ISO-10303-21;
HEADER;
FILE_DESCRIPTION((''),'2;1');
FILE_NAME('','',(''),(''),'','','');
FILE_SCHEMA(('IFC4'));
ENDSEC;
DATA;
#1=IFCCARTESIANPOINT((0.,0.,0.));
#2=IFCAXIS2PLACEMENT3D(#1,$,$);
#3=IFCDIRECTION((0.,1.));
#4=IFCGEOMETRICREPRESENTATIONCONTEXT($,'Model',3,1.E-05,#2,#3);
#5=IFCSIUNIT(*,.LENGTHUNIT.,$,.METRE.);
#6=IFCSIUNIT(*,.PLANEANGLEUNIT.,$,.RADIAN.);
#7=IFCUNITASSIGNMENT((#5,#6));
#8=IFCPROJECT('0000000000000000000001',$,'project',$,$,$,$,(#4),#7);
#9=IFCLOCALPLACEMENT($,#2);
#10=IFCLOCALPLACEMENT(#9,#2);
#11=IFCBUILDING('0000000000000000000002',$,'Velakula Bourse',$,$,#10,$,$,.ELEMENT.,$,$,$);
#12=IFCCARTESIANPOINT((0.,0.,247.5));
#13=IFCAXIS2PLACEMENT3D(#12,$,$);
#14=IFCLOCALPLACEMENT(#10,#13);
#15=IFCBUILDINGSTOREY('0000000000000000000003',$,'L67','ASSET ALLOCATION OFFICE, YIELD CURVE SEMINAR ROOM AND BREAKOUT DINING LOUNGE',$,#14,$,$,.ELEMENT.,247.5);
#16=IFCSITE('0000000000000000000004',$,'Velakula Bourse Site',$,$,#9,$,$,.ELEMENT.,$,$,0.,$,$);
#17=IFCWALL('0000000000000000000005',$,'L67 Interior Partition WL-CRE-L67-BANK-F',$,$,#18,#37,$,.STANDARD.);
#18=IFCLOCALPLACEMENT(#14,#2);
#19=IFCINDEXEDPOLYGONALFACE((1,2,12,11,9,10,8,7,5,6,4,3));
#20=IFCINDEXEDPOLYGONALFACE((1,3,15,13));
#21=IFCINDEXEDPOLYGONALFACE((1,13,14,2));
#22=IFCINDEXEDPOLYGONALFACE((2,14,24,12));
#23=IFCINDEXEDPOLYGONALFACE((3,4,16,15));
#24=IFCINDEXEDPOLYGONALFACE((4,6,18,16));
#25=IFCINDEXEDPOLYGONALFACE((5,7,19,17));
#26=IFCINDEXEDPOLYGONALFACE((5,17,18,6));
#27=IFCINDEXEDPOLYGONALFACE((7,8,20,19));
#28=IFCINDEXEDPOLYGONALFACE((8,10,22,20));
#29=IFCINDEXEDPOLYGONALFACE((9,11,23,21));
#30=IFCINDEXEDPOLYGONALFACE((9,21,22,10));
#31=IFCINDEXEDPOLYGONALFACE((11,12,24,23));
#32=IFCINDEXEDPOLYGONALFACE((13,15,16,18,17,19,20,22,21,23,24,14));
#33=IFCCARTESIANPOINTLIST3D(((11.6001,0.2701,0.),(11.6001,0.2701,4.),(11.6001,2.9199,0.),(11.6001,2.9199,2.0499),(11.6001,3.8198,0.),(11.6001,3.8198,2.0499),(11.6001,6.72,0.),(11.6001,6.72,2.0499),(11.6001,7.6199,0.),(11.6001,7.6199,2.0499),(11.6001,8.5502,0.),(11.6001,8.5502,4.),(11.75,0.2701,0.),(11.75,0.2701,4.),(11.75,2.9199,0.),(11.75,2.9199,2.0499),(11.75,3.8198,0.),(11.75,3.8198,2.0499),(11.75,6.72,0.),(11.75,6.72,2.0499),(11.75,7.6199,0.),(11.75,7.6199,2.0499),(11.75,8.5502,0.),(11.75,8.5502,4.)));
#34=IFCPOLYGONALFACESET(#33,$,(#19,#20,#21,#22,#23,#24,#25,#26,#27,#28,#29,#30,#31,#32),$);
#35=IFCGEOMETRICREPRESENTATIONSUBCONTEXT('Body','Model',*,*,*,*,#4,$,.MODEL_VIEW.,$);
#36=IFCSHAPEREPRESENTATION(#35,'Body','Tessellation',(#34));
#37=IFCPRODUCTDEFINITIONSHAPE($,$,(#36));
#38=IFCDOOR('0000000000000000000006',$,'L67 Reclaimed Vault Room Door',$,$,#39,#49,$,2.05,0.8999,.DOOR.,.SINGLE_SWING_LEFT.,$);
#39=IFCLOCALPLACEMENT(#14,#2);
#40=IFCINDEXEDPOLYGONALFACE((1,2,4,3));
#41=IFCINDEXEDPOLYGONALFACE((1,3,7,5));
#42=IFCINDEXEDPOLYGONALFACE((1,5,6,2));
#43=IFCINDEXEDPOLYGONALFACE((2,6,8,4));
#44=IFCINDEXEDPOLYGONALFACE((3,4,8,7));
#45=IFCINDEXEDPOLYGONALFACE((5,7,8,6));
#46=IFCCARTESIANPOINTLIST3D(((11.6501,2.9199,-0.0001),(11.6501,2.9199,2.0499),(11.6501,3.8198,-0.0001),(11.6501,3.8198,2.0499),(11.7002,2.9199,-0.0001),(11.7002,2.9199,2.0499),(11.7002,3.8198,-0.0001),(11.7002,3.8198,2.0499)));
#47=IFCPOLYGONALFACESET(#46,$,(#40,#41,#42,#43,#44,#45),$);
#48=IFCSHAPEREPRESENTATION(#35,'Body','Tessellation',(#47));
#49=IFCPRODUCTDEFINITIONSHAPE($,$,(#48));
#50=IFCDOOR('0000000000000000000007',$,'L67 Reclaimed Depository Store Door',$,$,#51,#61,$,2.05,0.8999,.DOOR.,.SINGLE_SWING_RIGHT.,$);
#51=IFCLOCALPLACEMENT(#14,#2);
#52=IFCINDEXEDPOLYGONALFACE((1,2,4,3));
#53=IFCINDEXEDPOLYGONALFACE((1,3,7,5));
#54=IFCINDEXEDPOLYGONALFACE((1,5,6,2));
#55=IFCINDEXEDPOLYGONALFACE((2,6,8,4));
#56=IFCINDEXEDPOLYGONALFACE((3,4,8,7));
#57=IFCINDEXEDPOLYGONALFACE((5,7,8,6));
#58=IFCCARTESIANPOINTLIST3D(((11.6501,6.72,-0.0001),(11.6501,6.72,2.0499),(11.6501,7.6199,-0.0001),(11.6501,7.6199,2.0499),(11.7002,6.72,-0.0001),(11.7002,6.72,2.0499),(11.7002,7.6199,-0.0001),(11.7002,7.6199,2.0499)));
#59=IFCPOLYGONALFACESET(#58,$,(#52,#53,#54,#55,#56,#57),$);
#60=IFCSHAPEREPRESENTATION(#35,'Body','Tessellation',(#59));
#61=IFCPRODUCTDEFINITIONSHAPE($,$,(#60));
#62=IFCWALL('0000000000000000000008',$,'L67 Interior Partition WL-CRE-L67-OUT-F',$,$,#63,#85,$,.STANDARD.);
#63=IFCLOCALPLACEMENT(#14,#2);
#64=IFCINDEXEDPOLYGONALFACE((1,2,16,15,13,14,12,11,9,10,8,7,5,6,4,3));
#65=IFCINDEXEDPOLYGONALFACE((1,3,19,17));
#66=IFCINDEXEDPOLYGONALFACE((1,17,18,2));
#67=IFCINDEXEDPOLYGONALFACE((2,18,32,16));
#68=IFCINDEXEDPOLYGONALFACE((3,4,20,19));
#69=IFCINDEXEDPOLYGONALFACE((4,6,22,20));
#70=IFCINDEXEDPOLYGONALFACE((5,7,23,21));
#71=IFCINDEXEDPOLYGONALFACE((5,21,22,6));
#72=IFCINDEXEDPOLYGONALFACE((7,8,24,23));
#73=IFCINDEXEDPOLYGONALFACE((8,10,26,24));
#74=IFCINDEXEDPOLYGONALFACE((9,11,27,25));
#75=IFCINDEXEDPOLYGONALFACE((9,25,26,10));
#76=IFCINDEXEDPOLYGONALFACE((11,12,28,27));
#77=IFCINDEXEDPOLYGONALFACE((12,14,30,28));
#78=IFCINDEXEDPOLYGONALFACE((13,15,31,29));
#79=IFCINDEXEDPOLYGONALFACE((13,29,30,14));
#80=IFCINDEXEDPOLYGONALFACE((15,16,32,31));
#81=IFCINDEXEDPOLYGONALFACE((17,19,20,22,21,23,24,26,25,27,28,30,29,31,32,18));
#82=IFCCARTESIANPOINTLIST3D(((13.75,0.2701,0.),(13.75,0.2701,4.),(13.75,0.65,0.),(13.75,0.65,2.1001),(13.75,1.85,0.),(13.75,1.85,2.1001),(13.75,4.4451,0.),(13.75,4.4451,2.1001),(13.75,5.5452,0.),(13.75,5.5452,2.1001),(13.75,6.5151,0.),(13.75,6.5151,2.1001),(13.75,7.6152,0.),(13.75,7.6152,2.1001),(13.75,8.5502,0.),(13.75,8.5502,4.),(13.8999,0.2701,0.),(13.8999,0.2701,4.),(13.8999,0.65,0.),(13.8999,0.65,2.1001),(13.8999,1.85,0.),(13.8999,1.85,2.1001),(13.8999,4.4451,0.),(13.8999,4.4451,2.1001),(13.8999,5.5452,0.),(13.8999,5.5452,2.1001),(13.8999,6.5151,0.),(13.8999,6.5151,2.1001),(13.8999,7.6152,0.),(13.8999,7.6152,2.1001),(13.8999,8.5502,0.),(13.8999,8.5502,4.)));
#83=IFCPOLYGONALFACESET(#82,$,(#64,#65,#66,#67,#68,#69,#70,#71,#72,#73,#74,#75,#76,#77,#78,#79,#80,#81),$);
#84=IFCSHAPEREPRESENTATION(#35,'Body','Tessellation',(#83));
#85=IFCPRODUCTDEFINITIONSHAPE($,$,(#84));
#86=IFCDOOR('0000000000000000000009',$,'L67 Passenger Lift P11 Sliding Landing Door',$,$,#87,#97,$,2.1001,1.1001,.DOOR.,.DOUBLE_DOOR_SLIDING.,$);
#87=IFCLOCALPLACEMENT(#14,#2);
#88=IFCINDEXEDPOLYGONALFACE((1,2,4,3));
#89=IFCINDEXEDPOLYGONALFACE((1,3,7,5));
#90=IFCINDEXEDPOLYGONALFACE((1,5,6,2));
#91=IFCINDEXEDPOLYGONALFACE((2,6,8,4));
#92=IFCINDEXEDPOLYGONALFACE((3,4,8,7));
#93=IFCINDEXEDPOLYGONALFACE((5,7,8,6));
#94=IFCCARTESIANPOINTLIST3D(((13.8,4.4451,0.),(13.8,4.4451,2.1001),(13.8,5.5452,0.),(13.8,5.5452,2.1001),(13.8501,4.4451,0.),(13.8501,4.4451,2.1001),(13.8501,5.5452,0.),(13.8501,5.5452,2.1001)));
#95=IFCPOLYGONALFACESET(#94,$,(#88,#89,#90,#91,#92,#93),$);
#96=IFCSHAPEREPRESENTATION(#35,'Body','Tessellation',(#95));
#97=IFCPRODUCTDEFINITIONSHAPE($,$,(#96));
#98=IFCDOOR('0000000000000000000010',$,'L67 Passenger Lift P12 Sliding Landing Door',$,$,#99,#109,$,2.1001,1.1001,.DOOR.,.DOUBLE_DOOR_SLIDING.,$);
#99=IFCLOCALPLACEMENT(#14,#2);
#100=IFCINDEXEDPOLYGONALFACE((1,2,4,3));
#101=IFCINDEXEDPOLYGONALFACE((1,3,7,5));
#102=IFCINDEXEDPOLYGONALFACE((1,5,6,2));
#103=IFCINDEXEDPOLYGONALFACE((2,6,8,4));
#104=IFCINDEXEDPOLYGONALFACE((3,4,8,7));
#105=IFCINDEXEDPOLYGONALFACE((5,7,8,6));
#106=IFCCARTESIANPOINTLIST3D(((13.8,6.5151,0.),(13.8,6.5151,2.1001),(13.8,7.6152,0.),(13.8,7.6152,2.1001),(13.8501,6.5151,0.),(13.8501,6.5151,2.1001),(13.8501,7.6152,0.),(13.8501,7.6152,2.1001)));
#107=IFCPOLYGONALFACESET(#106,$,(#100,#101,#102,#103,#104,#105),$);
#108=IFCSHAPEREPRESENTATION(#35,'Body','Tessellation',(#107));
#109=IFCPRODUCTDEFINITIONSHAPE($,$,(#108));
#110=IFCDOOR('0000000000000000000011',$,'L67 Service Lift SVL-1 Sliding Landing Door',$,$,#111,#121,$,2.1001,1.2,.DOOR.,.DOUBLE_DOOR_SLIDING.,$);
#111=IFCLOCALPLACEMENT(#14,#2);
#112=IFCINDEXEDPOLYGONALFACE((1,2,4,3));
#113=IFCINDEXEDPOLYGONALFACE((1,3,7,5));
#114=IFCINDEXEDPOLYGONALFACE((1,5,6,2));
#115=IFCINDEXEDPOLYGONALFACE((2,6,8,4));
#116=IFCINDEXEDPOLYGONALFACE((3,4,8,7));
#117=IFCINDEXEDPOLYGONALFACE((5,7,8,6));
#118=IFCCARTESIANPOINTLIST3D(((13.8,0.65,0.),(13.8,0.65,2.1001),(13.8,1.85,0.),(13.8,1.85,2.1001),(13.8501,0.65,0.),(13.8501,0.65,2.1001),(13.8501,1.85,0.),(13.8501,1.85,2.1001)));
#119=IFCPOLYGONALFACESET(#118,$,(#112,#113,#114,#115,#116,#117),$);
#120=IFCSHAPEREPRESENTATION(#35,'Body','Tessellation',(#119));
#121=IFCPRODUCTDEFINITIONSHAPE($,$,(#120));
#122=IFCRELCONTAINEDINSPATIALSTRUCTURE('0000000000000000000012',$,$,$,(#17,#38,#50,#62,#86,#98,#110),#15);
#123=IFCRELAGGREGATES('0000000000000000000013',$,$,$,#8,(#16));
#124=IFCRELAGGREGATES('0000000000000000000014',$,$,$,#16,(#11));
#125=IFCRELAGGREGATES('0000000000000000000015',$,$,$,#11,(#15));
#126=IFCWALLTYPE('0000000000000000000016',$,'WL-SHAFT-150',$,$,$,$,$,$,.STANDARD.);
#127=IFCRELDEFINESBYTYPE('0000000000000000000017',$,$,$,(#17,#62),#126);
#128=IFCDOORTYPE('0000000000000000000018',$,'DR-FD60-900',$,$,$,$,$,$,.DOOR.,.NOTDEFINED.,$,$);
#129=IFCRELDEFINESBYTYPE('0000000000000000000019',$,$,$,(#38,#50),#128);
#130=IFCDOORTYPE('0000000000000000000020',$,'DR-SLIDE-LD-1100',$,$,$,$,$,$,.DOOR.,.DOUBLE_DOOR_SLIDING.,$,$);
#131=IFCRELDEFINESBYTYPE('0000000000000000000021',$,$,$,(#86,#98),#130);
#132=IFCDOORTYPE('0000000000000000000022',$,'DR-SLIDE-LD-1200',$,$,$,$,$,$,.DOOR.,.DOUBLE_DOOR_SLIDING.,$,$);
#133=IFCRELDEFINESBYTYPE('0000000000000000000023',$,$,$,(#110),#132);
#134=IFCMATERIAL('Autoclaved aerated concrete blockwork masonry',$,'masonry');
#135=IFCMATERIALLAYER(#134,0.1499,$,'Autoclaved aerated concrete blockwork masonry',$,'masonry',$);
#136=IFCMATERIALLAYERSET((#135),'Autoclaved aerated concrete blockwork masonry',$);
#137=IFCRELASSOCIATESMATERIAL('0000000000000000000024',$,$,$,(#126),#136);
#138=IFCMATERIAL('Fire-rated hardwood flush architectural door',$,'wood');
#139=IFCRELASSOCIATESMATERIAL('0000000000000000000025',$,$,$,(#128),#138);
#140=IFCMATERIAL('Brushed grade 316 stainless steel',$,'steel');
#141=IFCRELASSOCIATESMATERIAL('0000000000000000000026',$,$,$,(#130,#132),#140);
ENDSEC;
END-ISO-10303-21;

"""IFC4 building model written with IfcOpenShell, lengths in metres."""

from ifc_helpers import new_model, si_unit, direction, frame, frame_2d, origin, place, context, subcontext, project, spatial, rectangle, extrude, material, layer, layer_set, type_object, element, fill, save


model = new_model("IFC4")

# Units and contexts
model_context = context("Model", 3, precision=1e-05, world=origin(), true_north=direction((0.0, 1.0)))
body_context = subcontext(model_context, "Body", "Model", "MODEL_VIEW")
ifc_project = project(units=[si_unit("LENGTHUNIT", "METRE"), si_unit("PLANEANGLEUNIT", "RADIAN")], contexts=[model_context])

# Site, building, storey
site_placement = place(None, origin())
site = spatial("IfcSite", under=ifc_project, at=site_placement, Name="Velakula Bourse Site", CompositionType="ELEMENT", RefElevation=0.0)
building_placement = place(site_placement, origin())
building = spatial("IfcBuilding", under=site, at=building_placement, Name="Velakula Bourse", CompositionType="ELEMENT")
storey_placement = place(building_placement, frame((0.0, 0.0, 247.5)))
storey = spatial("IfcBuildingStorey", under=building, at=storey_placement, Name="L67", Description="ASSET ALLOCATION OFFICE, YIELD CURVE SEMINAR ROOM AND BREAKOUT DINING LOUNGE", CompositionType="ELEMENT", Elevation=247.5)

# Shared definitions
ifc_material_1 = material(Name="Autoclaved aerated concrete blockwork masonry", Category="masonry")
ifc_layer_1 = layer(ifc_material_1, 0.1499, Name="Autoclaved aerated concrete blockwork masonry", Category="masonry")
ifc_layer_set_1 = layer_set([ifc_layer_1], Name="Autoclaved aerated concrete blockwork masonry")
wall_type_1 = type_object("IfcWallType", Name="WL-SHAFT-150", PredefinedType="STANDARD", material=ifc_layer_set_1)
ifc_material_2 = material(Name="Brushed grade 316 stainless steel", Category="steel")

# Walls, openings, doors
wall_1_placement = place(storey_placement, frame((11.675, 0.27, 0.0), z_axis=(0.0, 0.0, 1.0), x_axis=(0.0, 1.0, 0.0)))
wall_1 = element("IfcWall", 1, at=wall_1_placement, inside=storey, type_object=wall_type_1, Name="L67 Interior Partition WL-CRE-L67-BANK-F", PredefinedType="STANDARD", context=body_context, shape_type="SweptSolid", body=[
    extrude(rectangle(XDim=8.28, YDim=0.1499, at=frame_2d((4.1401, 0.0))), origin(), (0.0, 0.0, 1.0), 4.0),
])
opening_1_placement = place(wall_1_placement, frame((2.6499, 0.0, 0.0)))
opening_1 = element("IfcOpeningElement", 2, at=opening_1_placement, cuts=wall_1, PredefinedType="OPENING", context=body_context, shape_type="SweptSolid", body=[
    extrude(rectangle(XDim=0.8999, YDim=2.05, at=frame_2d((0.45, 1.0249))), frame((0.0, 0.085, 0.0), z_axis=(0.0, -1.0, 0.0), x_axis=(1.0, 0.0, 0.0)), (0.0, 0.0, 1.0), 0.1699),
])
opening_2_placement = place(wall_1_placement, frame((6.45, 0.0, 0.0)))
opening_2 = element("IfcOpeningElement", 3, at=opening_2_placement, cuts=wall_1, PredefinedType="OPENING", context=body_context, shape_type="SweptSolid", body=[
    extrude(rectangle(XDim=0.8999, YDim=2.05, at=frame_2d((0.45, 1.0249))), frame((0.0, 0.085, 0.0), z_axis=(0.0, -1.0, 0.0), x_axis=(1.0, 0.0, 0.0)), (0.0, 0.0, 1.0), 0.1699),
])
ifc_material_3 = material(Name="Fire-rated hardwood flush architectural door", Category="wood")
door_type_1 = type_object("IfcDoorType", Name="DR-FD60-900", OperationType="NOTDEFINED", PredefinedType="DOOR", material=ifc_material_3)
door_1_placement = place(opening_1_placement, origin())
door_1 = element("IfcDoor", 4, at=door_1_placement, inside=storey, type_object=door_type_1, Name="L67 Reclaimed Vault Room Door", OperationType="SINGLE_SWING_LEFT", OverallHeight=2.05, OverallWidth=0.8999, PredefinedType="DOOR", context=body_context, shape_type="SweptSolid", body=[
    extrude(rectangle(XDim=0.8999, YDim=2.05, at=frame_2d((0.45, 1.0249))), frame((0.0, 0.0249, 0.0), z_axis=(0.0, -1.0, 0.0), x_axis=(1.0, 0.0, 0.0)), (0.0, 0.0, 1.0), 0.05),
])
fill(opening_1, door_1)
door_2_placement = place(opening_2_placement, origin())
door_2 = element("IfcDoor", 5, at=door_2_placement, inside=storey, type_object=door_type_1, Name="L67 Reclaimed Depository Store Door", OperationType="SINGLE_SWING_RIGHT", OverallHeight=2.05, OverallWidth=0.8999, PredefinedType="DOOR", context=body_context, shape_type="SweptSolid", body=[
    extrude(rectangle(XDim=0.8999, YDim=2.05, at=frame_2d((0.45, 1.0249))), frame((0.0, 0.0249, 0.0), z_axis=(0.0, -1.0, 0.0), x_axis=(1.0, 0.0, 0.0)), (0.0, 0.0, 1.0), 0.05),
])
fill(opening_2, door_2)
wall_2_placement = place(storey_placement, frame((13.825, 0.27, 0.0), z_axis=(0.0, 0.0, 1.0), x_axis=(0.0, 1.0, 0.0)))
wall_2 = element("IfcWall", 6, at=wall_2_placement, inside=storey, type_object=wall_type_1, Name="L67 Interior Partition WL-CRE-L67-OUT-F", PredefinedType="STANDARD", context=body_context, shape_type="SweptSolid", body=[
    extrude(rectangle(XDim=8.28, YDim=0.1499, at=frame_2d((4.1401, 0.0))), origin(), (0.0, 0.0, 1.0), 4.0),
])
opening_3_placement = place(wall_2_placement, frame((4.175, 0.0, 0.0)))
opening_3 = element("IfcOpeningElement", 7, at=opening_3_placement, cuts=wall_2, PredefinedType="OPENING", context=body_context, shape_type="SweptSolid", body=[
    extrude(rectangle(XDim=1.1001, YDim=2.1001, at=frame_2d((0.55, 1.05))), frame((0.0, 0.085, 0.0), z_axis=(0.0, -1.0, 0.0), x_axis=(1.0, 0.0, 0.0)), (0.0, 0.0, 1.0), 0.1699),
])
opening_4_placement = place(wall_2_placement, frame((6.2451, 0.0, 0.0)))
opening_4 = element("IfcOpeningElement", 8, at=opening_4_placement, cuts=wall_2, PredefinedType="OPENING", context=body_context, shape_type="SweptSolid", body=[
    extrude(rectangle(XDim=1.1001, YDim=2.1001, at=frame_2d((0.55, 1.05))), frame((0.0, 0.085, 0.0), z_axis=(0.0, -1.0, 0.0), x_axis=(1.0, 0.0, 0.0)), (0.0, 0.0, 1.0), 0.1699),
])
opening_5_placement = place(wall_2_placement, frame((0.3799, 0.0, 0.0)))
opening_5 = element("IfcOpeningElement", 9, at=opening_5_placement, cuts=wall_2, PredefinedType="OPENING", context=body_context, shape_type="SweptSolid", body=[
    extrude(rectangle(XDim=1.2, YDim=2.1001, at=frame_2d((0.6001, 1.05))), frame((0.0, 0.085, 0.0), z_axis=(0.0, -1.0, 0.0), x_axis=(1.0, 0.0, 0.0)), (0.0, 0.0, 1.0), 0.1699),
])
door_type_2 = type_object("IfcDoorType", Name="DR-SLIDE-LD-1100", OperationType="DOUBLE_DOOR_SLIDING", PredefinedType="DOOR", material=ifc_material_2)
door_3_placement = place(opening_3_placement, origin())
door_3 = element("IfcDoor", 10, at=door_3_placement, inside=storey, type_object=door_type_2, Name="L67 Passenger Lift P11 Sliding Landing Door", OperationType="DOUBLE_DOOR_SLIDING", OverallHeight=2.1001, OverallWidth=1.1001, PredefinedType="DOOR", context=body_context, shape_type="SweptSolid", body=[
    extrude(rectangle(XDim=1.1001, YDim=2.1001, at=frame_2d((0.55, 1.05))), frame((0.0, 0.0249, 0.0), z_axis=(0.0, -1.0, 0.0), x_axis=(1.0, 0.0, 0.0)), (0.0, 0.0, 1.0), 0.05),
])
fill(opening_3, door_3)
door_4_placement = place(opening_4_placement, origin())
door_4 = element("IfcDoor", 11, at=door_4_placement, inside=storey, type_object=door_type_2, Name="L67 Passenger Lift P12 Sliding Landing Door", OperationType="DOUBLE_DOOR_SLIDING", OverallHeight=2.1001, OverallWidth=1.1001, PredefinedType="DOOR", context=body_context, shape_type="SweptSolid", body=[
    extrude(rectangle(XDim=1.1001, YDim=2.1001, at=frame_2d((0.55, 1.05))), frame((0.0, 0.0249, 0.0), z_axis=(0.0, -1.0, 0.0), x_axis=(1.0, 0.0, 0.0)), (0.0, 0.0, 1.0), 0.05),
])
fill(opening_4, door_4)
door_type_3 = type_object("IfcDoorType", Name="DR-SLIDE-LD-1200", OperationType="DOUBLE_DOOR_SLIDING", PredefinedType="DOOR", material=ifc_material_2)
door_5_placement = place(opening_5_placement, origin())
door_5 = element("IfcDoor", 12, at=door_5_placement, inside=storey, type_object=door_type_3, Name="L67 Service Lift SVL-1 Sliding Landing Door", OperationType="DOUBLE_DOOR_SLIDING", OverallHeight=2.1001, OverallWidth=1.2, PredefinedType="DOOR", context=body_context, shape_type="SweptSolid", body=[
    extrude(rectangle(XDim=1.2, YDim=2.1001, at=frame_2d((0.6001, 1.05))), frame((0.0, 0.0249, 0.0), z_axis=(0.0, -1.0, 0.0), x_axis=(1.0, 0.0, 0.0)), (0.0, 0.0, 1.0), 0.05),
])
fill(opening_5, door_5)

save(model, "model.ifc")
